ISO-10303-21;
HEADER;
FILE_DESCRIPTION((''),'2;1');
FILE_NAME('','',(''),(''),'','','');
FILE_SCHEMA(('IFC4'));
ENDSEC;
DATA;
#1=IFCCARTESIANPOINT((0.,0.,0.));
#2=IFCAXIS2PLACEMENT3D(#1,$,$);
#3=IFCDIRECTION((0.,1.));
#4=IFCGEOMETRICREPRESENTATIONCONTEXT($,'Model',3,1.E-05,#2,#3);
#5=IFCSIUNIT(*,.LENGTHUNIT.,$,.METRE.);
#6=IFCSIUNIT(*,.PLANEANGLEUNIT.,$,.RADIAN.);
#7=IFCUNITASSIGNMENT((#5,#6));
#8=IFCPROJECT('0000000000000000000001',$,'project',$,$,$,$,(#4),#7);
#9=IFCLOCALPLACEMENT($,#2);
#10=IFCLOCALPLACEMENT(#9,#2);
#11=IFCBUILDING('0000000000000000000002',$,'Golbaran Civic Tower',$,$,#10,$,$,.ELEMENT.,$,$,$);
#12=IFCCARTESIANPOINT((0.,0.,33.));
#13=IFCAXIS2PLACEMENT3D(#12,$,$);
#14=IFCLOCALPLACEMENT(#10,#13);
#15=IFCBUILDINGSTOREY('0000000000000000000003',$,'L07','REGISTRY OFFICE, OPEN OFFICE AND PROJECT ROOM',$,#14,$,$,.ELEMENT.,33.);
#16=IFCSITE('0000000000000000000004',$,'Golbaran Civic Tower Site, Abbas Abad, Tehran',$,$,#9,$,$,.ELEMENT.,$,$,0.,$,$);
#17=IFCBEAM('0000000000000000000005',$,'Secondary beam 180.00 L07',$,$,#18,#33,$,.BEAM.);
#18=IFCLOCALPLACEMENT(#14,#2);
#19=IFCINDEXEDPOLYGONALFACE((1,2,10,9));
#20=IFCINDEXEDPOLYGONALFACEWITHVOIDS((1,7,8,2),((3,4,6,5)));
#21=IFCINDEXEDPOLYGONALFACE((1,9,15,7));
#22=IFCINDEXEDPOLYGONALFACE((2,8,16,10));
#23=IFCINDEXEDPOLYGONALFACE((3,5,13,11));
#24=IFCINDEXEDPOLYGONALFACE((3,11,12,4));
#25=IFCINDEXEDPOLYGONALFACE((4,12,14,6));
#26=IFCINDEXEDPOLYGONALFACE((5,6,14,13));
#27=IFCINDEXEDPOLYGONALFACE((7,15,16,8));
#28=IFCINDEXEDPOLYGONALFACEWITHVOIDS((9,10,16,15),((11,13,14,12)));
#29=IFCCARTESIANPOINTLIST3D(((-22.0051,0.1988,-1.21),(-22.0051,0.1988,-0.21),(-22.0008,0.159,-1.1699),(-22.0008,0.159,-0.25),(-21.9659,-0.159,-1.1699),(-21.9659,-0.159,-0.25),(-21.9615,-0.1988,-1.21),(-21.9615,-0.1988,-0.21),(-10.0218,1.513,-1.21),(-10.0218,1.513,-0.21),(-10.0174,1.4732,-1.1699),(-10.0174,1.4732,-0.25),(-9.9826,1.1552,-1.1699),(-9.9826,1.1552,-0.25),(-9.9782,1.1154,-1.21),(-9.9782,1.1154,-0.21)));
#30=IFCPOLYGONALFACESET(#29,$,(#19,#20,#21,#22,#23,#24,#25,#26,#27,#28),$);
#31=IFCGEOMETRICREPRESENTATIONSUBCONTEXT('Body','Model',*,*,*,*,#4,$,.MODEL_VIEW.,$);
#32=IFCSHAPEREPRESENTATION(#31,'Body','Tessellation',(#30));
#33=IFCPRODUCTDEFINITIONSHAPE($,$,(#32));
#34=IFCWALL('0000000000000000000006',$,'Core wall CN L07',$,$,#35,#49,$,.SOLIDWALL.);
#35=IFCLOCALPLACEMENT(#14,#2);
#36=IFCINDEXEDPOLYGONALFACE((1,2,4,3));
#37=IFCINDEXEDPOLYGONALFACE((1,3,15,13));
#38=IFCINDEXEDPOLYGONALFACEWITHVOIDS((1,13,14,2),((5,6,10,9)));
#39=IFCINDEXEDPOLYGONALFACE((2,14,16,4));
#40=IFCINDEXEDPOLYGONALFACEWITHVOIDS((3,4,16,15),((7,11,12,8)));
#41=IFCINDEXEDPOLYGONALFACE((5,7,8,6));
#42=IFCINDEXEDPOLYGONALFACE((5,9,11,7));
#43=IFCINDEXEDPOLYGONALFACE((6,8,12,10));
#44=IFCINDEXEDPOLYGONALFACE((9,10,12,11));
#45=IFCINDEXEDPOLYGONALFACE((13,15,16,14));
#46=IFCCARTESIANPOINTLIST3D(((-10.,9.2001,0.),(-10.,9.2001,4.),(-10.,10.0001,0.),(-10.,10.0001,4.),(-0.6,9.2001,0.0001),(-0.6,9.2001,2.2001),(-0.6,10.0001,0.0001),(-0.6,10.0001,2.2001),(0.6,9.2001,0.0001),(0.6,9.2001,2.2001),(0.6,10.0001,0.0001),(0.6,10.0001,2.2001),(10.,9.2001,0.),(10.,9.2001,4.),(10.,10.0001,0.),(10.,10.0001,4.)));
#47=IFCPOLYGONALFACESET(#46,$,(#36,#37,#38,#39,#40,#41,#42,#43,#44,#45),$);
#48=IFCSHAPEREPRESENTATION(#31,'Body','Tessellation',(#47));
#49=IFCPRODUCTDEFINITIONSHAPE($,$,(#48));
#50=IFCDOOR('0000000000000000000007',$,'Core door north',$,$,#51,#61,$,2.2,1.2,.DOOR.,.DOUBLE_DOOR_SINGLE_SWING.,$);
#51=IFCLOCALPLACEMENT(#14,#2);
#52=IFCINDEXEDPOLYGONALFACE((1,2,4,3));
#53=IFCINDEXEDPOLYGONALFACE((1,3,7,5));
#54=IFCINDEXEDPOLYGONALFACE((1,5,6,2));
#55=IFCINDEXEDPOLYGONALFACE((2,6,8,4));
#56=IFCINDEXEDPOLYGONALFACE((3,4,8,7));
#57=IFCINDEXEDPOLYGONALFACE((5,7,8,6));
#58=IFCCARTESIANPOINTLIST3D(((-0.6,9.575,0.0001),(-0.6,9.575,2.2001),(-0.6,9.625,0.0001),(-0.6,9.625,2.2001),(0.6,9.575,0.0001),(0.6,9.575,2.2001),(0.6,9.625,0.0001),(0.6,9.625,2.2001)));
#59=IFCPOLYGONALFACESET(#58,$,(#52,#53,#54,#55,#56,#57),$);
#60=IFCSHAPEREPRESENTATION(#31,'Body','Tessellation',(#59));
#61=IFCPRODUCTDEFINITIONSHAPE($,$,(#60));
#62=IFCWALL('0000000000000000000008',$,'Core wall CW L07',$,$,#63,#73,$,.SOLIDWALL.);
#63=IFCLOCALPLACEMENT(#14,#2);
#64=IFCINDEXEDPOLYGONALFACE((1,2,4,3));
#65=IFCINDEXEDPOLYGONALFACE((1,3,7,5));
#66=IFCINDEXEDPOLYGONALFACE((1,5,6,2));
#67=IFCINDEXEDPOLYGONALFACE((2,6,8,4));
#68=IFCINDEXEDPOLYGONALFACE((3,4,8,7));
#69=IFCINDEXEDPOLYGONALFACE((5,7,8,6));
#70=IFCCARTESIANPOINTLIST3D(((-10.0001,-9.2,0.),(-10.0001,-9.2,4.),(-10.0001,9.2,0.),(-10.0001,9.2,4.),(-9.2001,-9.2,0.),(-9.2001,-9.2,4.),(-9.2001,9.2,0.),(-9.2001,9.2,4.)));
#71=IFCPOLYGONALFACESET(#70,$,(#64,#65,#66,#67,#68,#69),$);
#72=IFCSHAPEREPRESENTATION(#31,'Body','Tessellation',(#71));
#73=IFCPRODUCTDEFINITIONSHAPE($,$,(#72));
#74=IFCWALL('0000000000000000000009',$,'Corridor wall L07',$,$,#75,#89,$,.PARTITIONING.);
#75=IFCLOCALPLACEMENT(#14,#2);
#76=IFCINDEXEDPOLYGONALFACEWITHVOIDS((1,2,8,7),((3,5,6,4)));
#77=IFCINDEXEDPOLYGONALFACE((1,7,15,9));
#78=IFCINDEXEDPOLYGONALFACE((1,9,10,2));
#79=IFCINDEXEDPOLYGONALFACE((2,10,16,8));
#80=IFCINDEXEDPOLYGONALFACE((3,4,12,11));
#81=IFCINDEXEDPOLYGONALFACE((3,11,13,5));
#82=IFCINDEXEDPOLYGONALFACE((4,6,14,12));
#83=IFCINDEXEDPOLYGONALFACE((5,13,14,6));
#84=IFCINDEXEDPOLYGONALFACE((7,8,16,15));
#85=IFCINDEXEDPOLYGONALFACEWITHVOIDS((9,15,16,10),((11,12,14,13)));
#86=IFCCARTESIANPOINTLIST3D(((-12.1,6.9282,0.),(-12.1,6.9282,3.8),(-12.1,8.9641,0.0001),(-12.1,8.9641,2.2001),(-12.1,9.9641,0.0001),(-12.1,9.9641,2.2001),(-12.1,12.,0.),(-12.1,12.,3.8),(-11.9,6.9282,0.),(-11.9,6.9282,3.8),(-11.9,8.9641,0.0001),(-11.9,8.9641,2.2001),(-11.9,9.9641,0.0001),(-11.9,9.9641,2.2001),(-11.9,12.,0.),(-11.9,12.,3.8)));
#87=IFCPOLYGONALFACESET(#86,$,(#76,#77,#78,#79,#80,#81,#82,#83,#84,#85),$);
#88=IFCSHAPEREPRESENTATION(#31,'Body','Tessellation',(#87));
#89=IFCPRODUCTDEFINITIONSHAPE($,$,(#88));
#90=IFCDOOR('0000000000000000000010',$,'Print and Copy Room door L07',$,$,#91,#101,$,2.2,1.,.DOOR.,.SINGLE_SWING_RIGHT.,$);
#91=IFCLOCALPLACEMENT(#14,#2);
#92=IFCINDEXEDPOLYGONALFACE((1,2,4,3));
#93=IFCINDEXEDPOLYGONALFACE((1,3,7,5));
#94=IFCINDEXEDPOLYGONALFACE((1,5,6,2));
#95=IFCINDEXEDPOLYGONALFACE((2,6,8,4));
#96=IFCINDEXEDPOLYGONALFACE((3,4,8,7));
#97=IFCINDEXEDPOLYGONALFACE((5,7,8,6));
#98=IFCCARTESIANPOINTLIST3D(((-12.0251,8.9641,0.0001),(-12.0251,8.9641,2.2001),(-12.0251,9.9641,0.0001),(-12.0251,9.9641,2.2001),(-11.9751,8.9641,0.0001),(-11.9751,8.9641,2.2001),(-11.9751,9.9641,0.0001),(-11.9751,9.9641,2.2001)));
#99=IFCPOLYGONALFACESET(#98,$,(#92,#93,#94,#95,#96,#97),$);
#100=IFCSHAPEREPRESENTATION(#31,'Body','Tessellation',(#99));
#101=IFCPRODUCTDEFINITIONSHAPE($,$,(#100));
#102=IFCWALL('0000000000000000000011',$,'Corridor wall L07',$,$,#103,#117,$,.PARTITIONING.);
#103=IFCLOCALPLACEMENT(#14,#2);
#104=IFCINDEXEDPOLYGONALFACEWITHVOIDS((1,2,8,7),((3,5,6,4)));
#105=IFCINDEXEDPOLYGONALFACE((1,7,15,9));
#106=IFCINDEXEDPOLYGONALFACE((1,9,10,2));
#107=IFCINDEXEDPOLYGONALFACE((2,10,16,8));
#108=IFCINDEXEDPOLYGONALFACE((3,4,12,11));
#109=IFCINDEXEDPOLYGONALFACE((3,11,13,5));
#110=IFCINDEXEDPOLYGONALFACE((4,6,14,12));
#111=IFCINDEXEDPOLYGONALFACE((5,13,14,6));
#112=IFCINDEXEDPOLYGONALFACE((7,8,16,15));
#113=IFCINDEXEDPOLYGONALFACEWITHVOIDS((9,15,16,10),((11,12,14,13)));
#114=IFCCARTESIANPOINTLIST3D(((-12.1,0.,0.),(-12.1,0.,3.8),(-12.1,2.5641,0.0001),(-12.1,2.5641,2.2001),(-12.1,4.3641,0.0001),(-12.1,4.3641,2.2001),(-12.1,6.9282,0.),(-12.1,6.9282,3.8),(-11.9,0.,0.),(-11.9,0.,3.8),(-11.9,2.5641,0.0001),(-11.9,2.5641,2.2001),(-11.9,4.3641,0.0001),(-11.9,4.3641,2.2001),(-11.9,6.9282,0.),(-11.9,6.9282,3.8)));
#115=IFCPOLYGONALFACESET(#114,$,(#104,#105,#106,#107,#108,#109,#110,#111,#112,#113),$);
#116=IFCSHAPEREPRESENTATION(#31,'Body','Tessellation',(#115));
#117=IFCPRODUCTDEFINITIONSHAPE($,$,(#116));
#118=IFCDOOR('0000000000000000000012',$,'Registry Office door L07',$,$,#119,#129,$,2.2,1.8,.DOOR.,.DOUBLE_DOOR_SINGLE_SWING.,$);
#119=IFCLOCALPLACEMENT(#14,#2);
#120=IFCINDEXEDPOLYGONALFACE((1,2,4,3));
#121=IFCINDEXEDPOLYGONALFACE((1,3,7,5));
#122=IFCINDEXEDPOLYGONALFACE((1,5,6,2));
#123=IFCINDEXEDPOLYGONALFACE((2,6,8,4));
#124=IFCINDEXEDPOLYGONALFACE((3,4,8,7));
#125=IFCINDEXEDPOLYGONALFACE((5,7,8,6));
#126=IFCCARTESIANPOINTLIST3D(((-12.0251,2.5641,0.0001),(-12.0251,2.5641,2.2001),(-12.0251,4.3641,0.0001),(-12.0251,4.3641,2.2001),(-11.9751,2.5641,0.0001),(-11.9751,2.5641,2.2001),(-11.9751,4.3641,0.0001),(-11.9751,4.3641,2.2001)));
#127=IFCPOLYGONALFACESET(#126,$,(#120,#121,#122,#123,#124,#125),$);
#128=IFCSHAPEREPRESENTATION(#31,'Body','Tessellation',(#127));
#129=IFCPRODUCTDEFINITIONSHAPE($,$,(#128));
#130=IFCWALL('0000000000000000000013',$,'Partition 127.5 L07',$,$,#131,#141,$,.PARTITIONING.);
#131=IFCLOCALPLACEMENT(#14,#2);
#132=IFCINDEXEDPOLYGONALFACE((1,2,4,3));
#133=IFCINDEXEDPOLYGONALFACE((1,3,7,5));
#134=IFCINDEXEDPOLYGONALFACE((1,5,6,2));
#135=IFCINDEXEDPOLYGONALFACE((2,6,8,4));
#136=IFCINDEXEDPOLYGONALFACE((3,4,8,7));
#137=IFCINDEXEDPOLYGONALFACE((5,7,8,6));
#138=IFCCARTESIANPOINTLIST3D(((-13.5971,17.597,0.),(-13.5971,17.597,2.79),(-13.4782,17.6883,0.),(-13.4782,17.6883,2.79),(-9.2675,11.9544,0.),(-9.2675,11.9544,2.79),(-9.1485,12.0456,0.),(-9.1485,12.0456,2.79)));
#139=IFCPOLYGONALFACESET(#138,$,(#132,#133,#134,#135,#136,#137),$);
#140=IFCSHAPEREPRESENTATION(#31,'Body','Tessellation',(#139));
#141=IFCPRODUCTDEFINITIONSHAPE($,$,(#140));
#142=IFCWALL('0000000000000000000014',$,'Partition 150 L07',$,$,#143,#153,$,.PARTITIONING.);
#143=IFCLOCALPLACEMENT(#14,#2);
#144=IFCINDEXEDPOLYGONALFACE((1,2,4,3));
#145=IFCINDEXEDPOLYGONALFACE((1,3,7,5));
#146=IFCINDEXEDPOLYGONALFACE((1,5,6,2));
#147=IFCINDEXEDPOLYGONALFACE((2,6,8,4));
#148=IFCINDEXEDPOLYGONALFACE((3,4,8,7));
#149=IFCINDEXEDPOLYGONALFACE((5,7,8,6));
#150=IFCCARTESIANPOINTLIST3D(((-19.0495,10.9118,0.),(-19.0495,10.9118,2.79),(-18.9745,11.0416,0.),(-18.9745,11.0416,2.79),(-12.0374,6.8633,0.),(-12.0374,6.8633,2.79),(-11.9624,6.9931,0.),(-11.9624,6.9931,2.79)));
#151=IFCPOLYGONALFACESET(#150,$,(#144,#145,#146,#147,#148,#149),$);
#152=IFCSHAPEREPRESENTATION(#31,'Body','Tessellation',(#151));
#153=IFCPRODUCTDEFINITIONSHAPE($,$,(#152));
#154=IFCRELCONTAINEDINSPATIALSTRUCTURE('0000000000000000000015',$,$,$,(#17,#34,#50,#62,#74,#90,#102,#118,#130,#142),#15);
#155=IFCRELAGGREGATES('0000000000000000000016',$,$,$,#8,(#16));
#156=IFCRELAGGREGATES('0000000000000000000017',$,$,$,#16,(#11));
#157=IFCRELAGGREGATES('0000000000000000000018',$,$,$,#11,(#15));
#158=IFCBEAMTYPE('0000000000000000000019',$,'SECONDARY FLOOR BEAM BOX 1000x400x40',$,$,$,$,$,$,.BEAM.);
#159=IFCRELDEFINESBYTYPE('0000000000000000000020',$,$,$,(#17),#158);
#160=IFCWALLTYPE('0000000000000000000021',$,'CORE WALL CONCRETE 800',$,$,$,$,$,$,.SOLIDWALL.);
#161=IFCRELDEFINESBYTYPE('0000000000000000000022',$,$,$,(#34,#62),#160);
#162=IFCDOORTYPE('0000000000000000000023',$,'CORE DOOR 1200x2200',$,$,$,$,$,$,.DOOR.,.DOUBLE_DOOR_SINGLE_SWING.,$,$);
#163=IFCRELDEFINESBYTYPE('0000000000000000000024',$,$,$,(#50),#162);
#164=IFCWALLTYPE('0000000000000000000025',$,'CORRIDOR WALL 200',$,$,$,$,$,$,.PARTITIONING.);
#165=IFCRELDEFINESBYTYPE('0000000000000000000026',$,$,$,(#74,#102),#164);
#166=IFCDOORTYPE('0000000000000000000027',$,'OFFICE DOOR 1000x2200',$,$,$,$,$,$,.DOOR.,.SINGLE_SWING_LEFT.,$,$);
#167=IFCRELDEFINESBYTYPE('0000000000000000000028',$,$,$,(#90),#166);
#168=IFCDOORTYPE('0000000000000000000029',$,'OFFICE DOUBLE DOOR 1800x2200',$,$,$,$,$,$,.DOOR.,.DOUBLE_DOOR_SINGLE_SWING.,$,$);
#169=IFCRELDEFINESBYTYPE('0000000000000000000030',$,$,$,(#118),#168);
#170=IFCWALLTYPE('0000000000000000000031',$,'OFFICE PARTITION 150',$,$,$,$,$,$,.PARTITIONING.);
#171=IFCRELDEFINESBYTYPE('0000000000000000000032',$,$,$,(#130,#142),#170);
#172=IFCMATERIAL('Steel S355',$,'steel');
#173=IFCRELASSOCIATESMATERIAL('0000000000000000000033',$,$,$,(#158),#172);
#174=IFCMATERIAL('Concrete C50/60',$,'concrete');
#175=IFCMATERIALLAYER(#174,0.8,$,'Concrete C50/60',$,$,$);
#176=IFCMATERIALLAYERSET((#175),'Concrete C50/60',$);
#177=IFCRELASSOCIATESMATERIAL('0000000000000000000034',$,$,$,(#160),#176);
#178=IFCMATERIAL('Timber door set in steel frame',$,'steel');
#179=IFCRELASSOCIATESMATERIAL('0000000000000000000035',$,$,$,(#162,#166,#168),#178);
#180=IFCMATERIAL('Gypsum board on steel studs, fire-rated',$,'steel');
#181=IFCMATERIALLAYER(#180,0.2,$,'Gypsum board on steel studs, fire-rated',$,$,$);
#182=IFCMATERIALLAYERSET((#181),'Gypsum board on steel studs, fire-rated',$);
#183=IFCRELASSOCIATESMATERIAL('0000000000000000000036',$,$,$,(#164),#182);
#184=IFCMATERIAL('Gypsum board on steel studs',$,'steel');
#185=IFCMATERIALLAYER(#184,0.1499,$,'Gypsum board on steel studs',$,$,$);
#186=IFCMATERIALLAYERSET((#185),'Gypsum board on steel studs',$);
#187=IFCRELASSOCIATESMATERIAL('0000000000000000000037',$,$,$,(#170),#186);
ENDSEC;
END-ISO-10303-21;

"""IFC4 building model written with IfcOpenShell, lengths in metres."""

from ifc_helpers import new_model, si_unit, direction, frame, frame_2d, origin, origin_2d, place, context, subcontext, project, spatial, rectangle, hollow_rectangle, extrude, material, layer, layer_set, material_profile, profile_set, type_object, element, fill, save


model = new_model("IFC4")

# Units and contexts
model_context = context("Model", 3, precision=1e-05, world=origin(), true_north=direction((0.0, 1.0)))
body_context = subcontext(model_context, "Body", "Model", "MODEL_VIEW")
ifc_project = project(units=[si_unit("LENGTHUNIT", "METRE"), si_unit("PLANEANGLEUNIT", "RADIAN")], contexts=[model_context])

# Site, building, storey
site_placement = place(None, origin())
site = spatial("IfcSite", under=ifc_project, at=site_placement, Name="Golbaran Civic Tower Site, Abbas Abad, Tehran", CompositionType="ELEMENT", RefElevation=0.0)
building_placement = place(site_placement, origin())
building = spatial("IfcBuilding", under=site, at=building_placement, Name="Golbaran Civic Tower", CompositionType="ELEMENT")
storey_placement = place(building_placement, frame((0.0, 0.0, 33.0)))
storey = spatial("IfcBuildingStorey", under=building, at=storey_placement, Name="L07", Description="REGISTRY OFFICE, OPEN OFFICE AND PROJECT ROOM", CompositionType="ELEMENT", Elevation=33.0)

# Beam
ifc_material_1 = material(Name="Steel S355", Category="steel")
ifc_material_profile_1 = material_profile(ifc_material_1, hollow_rectangle(XDim=0.3999, YDim=1.0, WallThickness=0.04, at=origin_2d()), Name="BOX 1000x400x40")
ifc_profile_set_1 = profile_set([ifc_material_profile_1], Name="Steel S355")
beam_type_1 = type_object("IfcBeamType", Name="SECONDARY FLOOR BEAM BOX 1000x400x40", PredefinedType="BEAM", material=ifc_profile_set_1)
beam_1_placement = place(storey_placement, frame((-10.0, 1.3142, -0.71), z_axis=(-0.99404, -0.109016, 0.0), x_axis=(0.109016, -0.99404, 0.0)))
element("IfcBeam", 1, at=beam_1_placement, inside=storey, type_object=beam_type_1, Name="Secondary beam 180.00 L07", PredefinedType="BEAM", context=body_context, shape_type="SweptSolid", body=[
    extrude(hollow_rectangle(XDim=0.3999, YDim=1.0, WallThickness=0.04, at=origin_2d()), origin(), (0.0, 0.0, 1.0), 12.0552),
])

# Wall, opening, door
ifc_material_2 = material(Name="Concrete C50/60", Category="concrete")
ifc_layer_1 = layer(ifc_material_2, 0.8, Name="Concrete C50/60")
ifc_layer_set_1 = layer_set([ifc_layer_1], Name="Concrete C50/60")
wall_type_1 = type_object("IfcWallType", Name="CORE WALL CONCRETE 800", PredefinedType="SOLIDWALL", material=ifc_layer_set_1)
wall_1_placement = place(storey_placement, frame((-10.0, 9.6001, 0.0), z_axis=(0.0, 0.0, 1.0), x_axis=(1.0, 0.0, 0.0)))
wall_1 = element("IfcWall", 2, at=wall_1_placement, inside=storey, type_object=wall_type_1, Name="Core wall CN L07", PredefinedType="SOLIDWALL", context=body_context, shape_type="SweptSolid", body=[
    extrude(rectangle(XDim=20.0, YDim=0.8, at=frame_2d((10.0, 0.0))), origin(), (0.0, 0.0, 1.0), 4.0),
])
opening_1_placement = place(wall_1_placement, frame((9.3999, 0.0, 0.0)))
opening_1 = element("IfcOpeningElement", 3, at=opening_1_placement, cuts=wall_1, PredefinedType="OPENING", context=body_context, shape_type="SweptSolid", body=[
    extrude(rectangle(XDim=1.2, YDim=2.2, at=frame_2d((0.6001, 1.1001))), frame((0.0, 0.4099, 0.0), z_axis=(0.0, -1.0, 0.0), x_axis=(1.0, 0.0, 0.0)), (0.0, 0.0, 1.0), 0.8201),
])
ifc_material_3 = material(Name="Timber door set in steel frame", Category="steel")
door_type_1 = type_object("IfcDoorType", Name="CORE DOOR 1200x2200", OperationType="DOUBLE_DOOR_SINGLE_SWING", PredefinedType="DOOR", material=ifc_material_3)
door_1_placement = place(opening_1_placement, origin())
door_1 = element("IfcDoor", 4, at=door_1_placement, inside=storey, type_object=door_type_1, Name="Core door north", OperationType="DOUBLE_DOOR_SINGLE_SWING", OverallHeight=2.2, OverallWidth=1.2, PredefinedType="DOOR", context=body_context, shape_type="SweptSolid", body=[
    extrude(rectangle(XDim=1.2, YDim=2.2, at=frame_2d((0.6001, 1.1001))), frame((0.0, 0.0249, 0.0), z_axis=(0.0, -1.0, 0.0), x_axis=(1.0, 0.0, 0.0)), (0.0, 0.0, 1.0), 0.05),
])
fill(opening_1, door_1)

# Wall
wall_2_placement = place(storey_placement, frame((-9.6001, 9.2, 0.0), z_axis=(0.0, 0.0, 1.0), x_axis=(0.0, -1.0, 0.0)))
element("IfcWall", 5, at=wall_2_placement, inside=storey, type_object=wall_type_1, Name="Core wall CW L07", PredefinedType="SOLIDWALL", context=body_context, shape_type="SweptSolid", body=[
    extrude(rectangle(XDim=18.3999, YDim=0.8, at=frame_2d((9.2, 0.0))), origin(), (0.0, 0.0, 1.0), 4.0),
])

# Walls, openings, doors
ifc_material_4 = material(Name="Gypsum board on steel studs, fire-rated", Category="steel")
ifc_layer_2 = layer(ifc_material_4, 0.2, Name="Gypsum board on steel studs, fire-rated")
ifc_layer_set_2 = layer_set([ifc_layer_2], Name="Gypsum board on steel studs, fire-rated")
wall_type_2 = type_object("IfcWallType", Name="CORRIDOR WALL 200", PredefinedType="PARTITIONING", material=ifc_layer_set_2)
wall_3_placement = place(storey_placement, frame((-12.0, 12.0, 0.0), z_axis=(0.0, 0.0, 1.0), x_axis=(0.0, -1.0, 0.0)))
wall_3 = element("IfcWall", 6, at=wall_3_placement, inside=storey, type_object=wall_type_2, Name="Corridor wall L07", PredefinedType="PARTITIONING", context=body_context, shape_type="SweptSolid", body=[
    extrude(rectangle(XDim=5.0718, YDim=0.2, at=frame_2d((2.5359, 0.0))), origin(), (0.0, 0.0, 1.0), 3.8),
])
opening_2_placement = place(wall_3_placement, frame((2.0359, 0.0, 0.0)))
opening_2 = element("IfcOpeningElement", 7, at=opening_2_placement, cuts=wall_3, PredefinedType="OPENING", context=body_context, shape_type="SweptSolid", body=[
    extrude(rectangle(XDim=1.0, YDim=2.2, at=frame_2d((0.5, 1.1001))), frame((0.0, 0.1099, 0.0), z_axis=(0.0, -1.0, 0.0), x_axis=(1.0, 0.0, 0.0)), (0.0, 0.0, 1.0), 0.22),
])
door_type_2 = type_object("IfcDoorType", Name="OFFICE DOOR 1000x2200", OperationType="SINGLE_SWING_LEFT", PredefinedType="DOOR", material=ifc_material_3)
door_2_placement = place(opening_2_placement, origin())
door_2 = element("IfcDoor", 8, at=door_2_placement, inside=storey, type_object=door_type_2, Name="Print and Copy Room door L07", OperationType="SINGLE_SWING_RIGHT", OverallHeight=2.2, OverallWidth=1.0, PredefinedType="DOOR", context=body_context, shape_type="SweptSolid", body=[
    extrude(rectangle(XDim=1.0, YDim=2.2, at=frame_2d((0.5, 1.1001))), frame((0.0, 0.0249, 0.0), z_axis=(0.0, -1.0, 0.0), x_axis=(1.0, 0.0, 0.0)), (0.0, 0.0, 1.0), 0.05),
])
fill(opening_2, door_2)
wall_4_placement = place(storey_placement, frame((-12.0, 6.9282, 0.0), z_axis=(0.0, 0.0, 1.0), x_axis=(0.0, -1.0, 0.0)))
wall_4 = element("IfcWall", 9, at=wall_4_placement, inside=storey, type_object=wall_type_2, Name="Corridor wall L07", PredefinedType="PARTITIONING", context=body_context, shape_type="SweptSolid", body=[
    extrude(rectangle(XDim=6.9282, YDim=0.2, at=frame_2d((3.4641, 0.0))), origin(), (0.0, 0.0, 1.0), 3.8),
])
opening_3_placement = place(wall_4_placement, frame((2.5642, 0.0, 0.0)))
opening_3 = element("IfcOpeningElement", 10, at=opening_3_placement, cuts=wall_4, PredefinedType="OPENING", context=body_context, shape_type="SweptSolid", body=[
    extrude(rectangle(XDim=1.8, YDim=2.2, at=frame_2d((0.8999, 1.1001))), frame((0.0, 0.1099, 0.0), z_axis=(0.0, -1.0, 0.0), x_axis=(1.0, 0.0, 0.0)), (0.0, 0.0, 1.0), 0.22),
])
door_type_3 = type_object("IfcDoorType", Name="OFFICE DOUBLE DOOR 1800x2200", OperationType="DOUBLE_DOOR_SINGLE_SWING", PredefinedType="DOOR", material=ifc_material_3)
door_3_placement = place(opening_3_placement, origin())
door_3 = element("IfcDoor", 11, at=door_3_placement, inside=storey, type_object=door_type_3, Name="Registry Office door L07", OperationType="DOUBLE_DOOR_SINGLE_SWING", OverallHeight=2.2, OverallWidth=1.8, PredefinedType="DOOR", context=body_context, shape_type="SweptSolid", body=[
    extrude(rectangle(XDim=1.8, YDim=2.2, at=frame_2d((0.8999, 1.1001))), frame((0.0, 0.0249, 0.0), z_axis=(0.0, -1.0, 0.0), x_axis=(1.0, 0.0, 0.0)), (0.0, 0.0, 1.0), 0.05),
])
fill(opening_3, door_3)

# Walls
ifc_material_5 = material(Name="Gypsum board on steel studs", Category="steel")
ifc_layer_3 = layer(ifc_material_5, 0.1499, Name="Gypsum board on steel studs")
ifc_layer_set_3 = layer_set([ifc_layer_3], Name="Gypsum board on steel studs")
wall_type_3 = type_object("IfcWallType", Name="OFFICE PARTITION 150", PredefinedType="PARTITIONING", material=ifc_layer_set_3)
wall_5_placement = place(storey_placement, frame((-9.208, 12.0, 0.0), z_axis=(0.0, 0.0, 1.0), x_axis=(-0.608751, 0.793361, 0.0)))
element("IfcWall", 12, at=wall_5_placement, inside=storey, type_object=wall_type_3, Name="Partition 127.5 L07", PredefinedType="PARTITIONING", context=body_context, shape_type="SweptSolid", body=[
    extrude(rectangle(XDim=7.1123, YDim=0.1499, at=frame_2d((3.5562, 0.0))), origin(), (0.0, 0.0, 1.0), 2.79),
])
wall_6_placement = place(storey_placement, frame((-12.0, 6.9282, 0.0), z_axis=(0.0, 0.0, 1.0), x_axis=(-0.866021, 0.500008, 0.0)))
element("IfcWall", 13, at=wall_6_placement, inside=storey, type_object=wall_type_3, Name="Partition 150 L07", PredefinedType="PARTITIONING", context=body_context, shape_type="SweptSolid", body=[
    extrude(rectangle(XDim=8.0969, YDim=0.1499, at=frame_2d((4.0483, 0.0))), origin(), (0.0, 0.0, 1.0), 2.79),
])

save(model, "model.ifc")
